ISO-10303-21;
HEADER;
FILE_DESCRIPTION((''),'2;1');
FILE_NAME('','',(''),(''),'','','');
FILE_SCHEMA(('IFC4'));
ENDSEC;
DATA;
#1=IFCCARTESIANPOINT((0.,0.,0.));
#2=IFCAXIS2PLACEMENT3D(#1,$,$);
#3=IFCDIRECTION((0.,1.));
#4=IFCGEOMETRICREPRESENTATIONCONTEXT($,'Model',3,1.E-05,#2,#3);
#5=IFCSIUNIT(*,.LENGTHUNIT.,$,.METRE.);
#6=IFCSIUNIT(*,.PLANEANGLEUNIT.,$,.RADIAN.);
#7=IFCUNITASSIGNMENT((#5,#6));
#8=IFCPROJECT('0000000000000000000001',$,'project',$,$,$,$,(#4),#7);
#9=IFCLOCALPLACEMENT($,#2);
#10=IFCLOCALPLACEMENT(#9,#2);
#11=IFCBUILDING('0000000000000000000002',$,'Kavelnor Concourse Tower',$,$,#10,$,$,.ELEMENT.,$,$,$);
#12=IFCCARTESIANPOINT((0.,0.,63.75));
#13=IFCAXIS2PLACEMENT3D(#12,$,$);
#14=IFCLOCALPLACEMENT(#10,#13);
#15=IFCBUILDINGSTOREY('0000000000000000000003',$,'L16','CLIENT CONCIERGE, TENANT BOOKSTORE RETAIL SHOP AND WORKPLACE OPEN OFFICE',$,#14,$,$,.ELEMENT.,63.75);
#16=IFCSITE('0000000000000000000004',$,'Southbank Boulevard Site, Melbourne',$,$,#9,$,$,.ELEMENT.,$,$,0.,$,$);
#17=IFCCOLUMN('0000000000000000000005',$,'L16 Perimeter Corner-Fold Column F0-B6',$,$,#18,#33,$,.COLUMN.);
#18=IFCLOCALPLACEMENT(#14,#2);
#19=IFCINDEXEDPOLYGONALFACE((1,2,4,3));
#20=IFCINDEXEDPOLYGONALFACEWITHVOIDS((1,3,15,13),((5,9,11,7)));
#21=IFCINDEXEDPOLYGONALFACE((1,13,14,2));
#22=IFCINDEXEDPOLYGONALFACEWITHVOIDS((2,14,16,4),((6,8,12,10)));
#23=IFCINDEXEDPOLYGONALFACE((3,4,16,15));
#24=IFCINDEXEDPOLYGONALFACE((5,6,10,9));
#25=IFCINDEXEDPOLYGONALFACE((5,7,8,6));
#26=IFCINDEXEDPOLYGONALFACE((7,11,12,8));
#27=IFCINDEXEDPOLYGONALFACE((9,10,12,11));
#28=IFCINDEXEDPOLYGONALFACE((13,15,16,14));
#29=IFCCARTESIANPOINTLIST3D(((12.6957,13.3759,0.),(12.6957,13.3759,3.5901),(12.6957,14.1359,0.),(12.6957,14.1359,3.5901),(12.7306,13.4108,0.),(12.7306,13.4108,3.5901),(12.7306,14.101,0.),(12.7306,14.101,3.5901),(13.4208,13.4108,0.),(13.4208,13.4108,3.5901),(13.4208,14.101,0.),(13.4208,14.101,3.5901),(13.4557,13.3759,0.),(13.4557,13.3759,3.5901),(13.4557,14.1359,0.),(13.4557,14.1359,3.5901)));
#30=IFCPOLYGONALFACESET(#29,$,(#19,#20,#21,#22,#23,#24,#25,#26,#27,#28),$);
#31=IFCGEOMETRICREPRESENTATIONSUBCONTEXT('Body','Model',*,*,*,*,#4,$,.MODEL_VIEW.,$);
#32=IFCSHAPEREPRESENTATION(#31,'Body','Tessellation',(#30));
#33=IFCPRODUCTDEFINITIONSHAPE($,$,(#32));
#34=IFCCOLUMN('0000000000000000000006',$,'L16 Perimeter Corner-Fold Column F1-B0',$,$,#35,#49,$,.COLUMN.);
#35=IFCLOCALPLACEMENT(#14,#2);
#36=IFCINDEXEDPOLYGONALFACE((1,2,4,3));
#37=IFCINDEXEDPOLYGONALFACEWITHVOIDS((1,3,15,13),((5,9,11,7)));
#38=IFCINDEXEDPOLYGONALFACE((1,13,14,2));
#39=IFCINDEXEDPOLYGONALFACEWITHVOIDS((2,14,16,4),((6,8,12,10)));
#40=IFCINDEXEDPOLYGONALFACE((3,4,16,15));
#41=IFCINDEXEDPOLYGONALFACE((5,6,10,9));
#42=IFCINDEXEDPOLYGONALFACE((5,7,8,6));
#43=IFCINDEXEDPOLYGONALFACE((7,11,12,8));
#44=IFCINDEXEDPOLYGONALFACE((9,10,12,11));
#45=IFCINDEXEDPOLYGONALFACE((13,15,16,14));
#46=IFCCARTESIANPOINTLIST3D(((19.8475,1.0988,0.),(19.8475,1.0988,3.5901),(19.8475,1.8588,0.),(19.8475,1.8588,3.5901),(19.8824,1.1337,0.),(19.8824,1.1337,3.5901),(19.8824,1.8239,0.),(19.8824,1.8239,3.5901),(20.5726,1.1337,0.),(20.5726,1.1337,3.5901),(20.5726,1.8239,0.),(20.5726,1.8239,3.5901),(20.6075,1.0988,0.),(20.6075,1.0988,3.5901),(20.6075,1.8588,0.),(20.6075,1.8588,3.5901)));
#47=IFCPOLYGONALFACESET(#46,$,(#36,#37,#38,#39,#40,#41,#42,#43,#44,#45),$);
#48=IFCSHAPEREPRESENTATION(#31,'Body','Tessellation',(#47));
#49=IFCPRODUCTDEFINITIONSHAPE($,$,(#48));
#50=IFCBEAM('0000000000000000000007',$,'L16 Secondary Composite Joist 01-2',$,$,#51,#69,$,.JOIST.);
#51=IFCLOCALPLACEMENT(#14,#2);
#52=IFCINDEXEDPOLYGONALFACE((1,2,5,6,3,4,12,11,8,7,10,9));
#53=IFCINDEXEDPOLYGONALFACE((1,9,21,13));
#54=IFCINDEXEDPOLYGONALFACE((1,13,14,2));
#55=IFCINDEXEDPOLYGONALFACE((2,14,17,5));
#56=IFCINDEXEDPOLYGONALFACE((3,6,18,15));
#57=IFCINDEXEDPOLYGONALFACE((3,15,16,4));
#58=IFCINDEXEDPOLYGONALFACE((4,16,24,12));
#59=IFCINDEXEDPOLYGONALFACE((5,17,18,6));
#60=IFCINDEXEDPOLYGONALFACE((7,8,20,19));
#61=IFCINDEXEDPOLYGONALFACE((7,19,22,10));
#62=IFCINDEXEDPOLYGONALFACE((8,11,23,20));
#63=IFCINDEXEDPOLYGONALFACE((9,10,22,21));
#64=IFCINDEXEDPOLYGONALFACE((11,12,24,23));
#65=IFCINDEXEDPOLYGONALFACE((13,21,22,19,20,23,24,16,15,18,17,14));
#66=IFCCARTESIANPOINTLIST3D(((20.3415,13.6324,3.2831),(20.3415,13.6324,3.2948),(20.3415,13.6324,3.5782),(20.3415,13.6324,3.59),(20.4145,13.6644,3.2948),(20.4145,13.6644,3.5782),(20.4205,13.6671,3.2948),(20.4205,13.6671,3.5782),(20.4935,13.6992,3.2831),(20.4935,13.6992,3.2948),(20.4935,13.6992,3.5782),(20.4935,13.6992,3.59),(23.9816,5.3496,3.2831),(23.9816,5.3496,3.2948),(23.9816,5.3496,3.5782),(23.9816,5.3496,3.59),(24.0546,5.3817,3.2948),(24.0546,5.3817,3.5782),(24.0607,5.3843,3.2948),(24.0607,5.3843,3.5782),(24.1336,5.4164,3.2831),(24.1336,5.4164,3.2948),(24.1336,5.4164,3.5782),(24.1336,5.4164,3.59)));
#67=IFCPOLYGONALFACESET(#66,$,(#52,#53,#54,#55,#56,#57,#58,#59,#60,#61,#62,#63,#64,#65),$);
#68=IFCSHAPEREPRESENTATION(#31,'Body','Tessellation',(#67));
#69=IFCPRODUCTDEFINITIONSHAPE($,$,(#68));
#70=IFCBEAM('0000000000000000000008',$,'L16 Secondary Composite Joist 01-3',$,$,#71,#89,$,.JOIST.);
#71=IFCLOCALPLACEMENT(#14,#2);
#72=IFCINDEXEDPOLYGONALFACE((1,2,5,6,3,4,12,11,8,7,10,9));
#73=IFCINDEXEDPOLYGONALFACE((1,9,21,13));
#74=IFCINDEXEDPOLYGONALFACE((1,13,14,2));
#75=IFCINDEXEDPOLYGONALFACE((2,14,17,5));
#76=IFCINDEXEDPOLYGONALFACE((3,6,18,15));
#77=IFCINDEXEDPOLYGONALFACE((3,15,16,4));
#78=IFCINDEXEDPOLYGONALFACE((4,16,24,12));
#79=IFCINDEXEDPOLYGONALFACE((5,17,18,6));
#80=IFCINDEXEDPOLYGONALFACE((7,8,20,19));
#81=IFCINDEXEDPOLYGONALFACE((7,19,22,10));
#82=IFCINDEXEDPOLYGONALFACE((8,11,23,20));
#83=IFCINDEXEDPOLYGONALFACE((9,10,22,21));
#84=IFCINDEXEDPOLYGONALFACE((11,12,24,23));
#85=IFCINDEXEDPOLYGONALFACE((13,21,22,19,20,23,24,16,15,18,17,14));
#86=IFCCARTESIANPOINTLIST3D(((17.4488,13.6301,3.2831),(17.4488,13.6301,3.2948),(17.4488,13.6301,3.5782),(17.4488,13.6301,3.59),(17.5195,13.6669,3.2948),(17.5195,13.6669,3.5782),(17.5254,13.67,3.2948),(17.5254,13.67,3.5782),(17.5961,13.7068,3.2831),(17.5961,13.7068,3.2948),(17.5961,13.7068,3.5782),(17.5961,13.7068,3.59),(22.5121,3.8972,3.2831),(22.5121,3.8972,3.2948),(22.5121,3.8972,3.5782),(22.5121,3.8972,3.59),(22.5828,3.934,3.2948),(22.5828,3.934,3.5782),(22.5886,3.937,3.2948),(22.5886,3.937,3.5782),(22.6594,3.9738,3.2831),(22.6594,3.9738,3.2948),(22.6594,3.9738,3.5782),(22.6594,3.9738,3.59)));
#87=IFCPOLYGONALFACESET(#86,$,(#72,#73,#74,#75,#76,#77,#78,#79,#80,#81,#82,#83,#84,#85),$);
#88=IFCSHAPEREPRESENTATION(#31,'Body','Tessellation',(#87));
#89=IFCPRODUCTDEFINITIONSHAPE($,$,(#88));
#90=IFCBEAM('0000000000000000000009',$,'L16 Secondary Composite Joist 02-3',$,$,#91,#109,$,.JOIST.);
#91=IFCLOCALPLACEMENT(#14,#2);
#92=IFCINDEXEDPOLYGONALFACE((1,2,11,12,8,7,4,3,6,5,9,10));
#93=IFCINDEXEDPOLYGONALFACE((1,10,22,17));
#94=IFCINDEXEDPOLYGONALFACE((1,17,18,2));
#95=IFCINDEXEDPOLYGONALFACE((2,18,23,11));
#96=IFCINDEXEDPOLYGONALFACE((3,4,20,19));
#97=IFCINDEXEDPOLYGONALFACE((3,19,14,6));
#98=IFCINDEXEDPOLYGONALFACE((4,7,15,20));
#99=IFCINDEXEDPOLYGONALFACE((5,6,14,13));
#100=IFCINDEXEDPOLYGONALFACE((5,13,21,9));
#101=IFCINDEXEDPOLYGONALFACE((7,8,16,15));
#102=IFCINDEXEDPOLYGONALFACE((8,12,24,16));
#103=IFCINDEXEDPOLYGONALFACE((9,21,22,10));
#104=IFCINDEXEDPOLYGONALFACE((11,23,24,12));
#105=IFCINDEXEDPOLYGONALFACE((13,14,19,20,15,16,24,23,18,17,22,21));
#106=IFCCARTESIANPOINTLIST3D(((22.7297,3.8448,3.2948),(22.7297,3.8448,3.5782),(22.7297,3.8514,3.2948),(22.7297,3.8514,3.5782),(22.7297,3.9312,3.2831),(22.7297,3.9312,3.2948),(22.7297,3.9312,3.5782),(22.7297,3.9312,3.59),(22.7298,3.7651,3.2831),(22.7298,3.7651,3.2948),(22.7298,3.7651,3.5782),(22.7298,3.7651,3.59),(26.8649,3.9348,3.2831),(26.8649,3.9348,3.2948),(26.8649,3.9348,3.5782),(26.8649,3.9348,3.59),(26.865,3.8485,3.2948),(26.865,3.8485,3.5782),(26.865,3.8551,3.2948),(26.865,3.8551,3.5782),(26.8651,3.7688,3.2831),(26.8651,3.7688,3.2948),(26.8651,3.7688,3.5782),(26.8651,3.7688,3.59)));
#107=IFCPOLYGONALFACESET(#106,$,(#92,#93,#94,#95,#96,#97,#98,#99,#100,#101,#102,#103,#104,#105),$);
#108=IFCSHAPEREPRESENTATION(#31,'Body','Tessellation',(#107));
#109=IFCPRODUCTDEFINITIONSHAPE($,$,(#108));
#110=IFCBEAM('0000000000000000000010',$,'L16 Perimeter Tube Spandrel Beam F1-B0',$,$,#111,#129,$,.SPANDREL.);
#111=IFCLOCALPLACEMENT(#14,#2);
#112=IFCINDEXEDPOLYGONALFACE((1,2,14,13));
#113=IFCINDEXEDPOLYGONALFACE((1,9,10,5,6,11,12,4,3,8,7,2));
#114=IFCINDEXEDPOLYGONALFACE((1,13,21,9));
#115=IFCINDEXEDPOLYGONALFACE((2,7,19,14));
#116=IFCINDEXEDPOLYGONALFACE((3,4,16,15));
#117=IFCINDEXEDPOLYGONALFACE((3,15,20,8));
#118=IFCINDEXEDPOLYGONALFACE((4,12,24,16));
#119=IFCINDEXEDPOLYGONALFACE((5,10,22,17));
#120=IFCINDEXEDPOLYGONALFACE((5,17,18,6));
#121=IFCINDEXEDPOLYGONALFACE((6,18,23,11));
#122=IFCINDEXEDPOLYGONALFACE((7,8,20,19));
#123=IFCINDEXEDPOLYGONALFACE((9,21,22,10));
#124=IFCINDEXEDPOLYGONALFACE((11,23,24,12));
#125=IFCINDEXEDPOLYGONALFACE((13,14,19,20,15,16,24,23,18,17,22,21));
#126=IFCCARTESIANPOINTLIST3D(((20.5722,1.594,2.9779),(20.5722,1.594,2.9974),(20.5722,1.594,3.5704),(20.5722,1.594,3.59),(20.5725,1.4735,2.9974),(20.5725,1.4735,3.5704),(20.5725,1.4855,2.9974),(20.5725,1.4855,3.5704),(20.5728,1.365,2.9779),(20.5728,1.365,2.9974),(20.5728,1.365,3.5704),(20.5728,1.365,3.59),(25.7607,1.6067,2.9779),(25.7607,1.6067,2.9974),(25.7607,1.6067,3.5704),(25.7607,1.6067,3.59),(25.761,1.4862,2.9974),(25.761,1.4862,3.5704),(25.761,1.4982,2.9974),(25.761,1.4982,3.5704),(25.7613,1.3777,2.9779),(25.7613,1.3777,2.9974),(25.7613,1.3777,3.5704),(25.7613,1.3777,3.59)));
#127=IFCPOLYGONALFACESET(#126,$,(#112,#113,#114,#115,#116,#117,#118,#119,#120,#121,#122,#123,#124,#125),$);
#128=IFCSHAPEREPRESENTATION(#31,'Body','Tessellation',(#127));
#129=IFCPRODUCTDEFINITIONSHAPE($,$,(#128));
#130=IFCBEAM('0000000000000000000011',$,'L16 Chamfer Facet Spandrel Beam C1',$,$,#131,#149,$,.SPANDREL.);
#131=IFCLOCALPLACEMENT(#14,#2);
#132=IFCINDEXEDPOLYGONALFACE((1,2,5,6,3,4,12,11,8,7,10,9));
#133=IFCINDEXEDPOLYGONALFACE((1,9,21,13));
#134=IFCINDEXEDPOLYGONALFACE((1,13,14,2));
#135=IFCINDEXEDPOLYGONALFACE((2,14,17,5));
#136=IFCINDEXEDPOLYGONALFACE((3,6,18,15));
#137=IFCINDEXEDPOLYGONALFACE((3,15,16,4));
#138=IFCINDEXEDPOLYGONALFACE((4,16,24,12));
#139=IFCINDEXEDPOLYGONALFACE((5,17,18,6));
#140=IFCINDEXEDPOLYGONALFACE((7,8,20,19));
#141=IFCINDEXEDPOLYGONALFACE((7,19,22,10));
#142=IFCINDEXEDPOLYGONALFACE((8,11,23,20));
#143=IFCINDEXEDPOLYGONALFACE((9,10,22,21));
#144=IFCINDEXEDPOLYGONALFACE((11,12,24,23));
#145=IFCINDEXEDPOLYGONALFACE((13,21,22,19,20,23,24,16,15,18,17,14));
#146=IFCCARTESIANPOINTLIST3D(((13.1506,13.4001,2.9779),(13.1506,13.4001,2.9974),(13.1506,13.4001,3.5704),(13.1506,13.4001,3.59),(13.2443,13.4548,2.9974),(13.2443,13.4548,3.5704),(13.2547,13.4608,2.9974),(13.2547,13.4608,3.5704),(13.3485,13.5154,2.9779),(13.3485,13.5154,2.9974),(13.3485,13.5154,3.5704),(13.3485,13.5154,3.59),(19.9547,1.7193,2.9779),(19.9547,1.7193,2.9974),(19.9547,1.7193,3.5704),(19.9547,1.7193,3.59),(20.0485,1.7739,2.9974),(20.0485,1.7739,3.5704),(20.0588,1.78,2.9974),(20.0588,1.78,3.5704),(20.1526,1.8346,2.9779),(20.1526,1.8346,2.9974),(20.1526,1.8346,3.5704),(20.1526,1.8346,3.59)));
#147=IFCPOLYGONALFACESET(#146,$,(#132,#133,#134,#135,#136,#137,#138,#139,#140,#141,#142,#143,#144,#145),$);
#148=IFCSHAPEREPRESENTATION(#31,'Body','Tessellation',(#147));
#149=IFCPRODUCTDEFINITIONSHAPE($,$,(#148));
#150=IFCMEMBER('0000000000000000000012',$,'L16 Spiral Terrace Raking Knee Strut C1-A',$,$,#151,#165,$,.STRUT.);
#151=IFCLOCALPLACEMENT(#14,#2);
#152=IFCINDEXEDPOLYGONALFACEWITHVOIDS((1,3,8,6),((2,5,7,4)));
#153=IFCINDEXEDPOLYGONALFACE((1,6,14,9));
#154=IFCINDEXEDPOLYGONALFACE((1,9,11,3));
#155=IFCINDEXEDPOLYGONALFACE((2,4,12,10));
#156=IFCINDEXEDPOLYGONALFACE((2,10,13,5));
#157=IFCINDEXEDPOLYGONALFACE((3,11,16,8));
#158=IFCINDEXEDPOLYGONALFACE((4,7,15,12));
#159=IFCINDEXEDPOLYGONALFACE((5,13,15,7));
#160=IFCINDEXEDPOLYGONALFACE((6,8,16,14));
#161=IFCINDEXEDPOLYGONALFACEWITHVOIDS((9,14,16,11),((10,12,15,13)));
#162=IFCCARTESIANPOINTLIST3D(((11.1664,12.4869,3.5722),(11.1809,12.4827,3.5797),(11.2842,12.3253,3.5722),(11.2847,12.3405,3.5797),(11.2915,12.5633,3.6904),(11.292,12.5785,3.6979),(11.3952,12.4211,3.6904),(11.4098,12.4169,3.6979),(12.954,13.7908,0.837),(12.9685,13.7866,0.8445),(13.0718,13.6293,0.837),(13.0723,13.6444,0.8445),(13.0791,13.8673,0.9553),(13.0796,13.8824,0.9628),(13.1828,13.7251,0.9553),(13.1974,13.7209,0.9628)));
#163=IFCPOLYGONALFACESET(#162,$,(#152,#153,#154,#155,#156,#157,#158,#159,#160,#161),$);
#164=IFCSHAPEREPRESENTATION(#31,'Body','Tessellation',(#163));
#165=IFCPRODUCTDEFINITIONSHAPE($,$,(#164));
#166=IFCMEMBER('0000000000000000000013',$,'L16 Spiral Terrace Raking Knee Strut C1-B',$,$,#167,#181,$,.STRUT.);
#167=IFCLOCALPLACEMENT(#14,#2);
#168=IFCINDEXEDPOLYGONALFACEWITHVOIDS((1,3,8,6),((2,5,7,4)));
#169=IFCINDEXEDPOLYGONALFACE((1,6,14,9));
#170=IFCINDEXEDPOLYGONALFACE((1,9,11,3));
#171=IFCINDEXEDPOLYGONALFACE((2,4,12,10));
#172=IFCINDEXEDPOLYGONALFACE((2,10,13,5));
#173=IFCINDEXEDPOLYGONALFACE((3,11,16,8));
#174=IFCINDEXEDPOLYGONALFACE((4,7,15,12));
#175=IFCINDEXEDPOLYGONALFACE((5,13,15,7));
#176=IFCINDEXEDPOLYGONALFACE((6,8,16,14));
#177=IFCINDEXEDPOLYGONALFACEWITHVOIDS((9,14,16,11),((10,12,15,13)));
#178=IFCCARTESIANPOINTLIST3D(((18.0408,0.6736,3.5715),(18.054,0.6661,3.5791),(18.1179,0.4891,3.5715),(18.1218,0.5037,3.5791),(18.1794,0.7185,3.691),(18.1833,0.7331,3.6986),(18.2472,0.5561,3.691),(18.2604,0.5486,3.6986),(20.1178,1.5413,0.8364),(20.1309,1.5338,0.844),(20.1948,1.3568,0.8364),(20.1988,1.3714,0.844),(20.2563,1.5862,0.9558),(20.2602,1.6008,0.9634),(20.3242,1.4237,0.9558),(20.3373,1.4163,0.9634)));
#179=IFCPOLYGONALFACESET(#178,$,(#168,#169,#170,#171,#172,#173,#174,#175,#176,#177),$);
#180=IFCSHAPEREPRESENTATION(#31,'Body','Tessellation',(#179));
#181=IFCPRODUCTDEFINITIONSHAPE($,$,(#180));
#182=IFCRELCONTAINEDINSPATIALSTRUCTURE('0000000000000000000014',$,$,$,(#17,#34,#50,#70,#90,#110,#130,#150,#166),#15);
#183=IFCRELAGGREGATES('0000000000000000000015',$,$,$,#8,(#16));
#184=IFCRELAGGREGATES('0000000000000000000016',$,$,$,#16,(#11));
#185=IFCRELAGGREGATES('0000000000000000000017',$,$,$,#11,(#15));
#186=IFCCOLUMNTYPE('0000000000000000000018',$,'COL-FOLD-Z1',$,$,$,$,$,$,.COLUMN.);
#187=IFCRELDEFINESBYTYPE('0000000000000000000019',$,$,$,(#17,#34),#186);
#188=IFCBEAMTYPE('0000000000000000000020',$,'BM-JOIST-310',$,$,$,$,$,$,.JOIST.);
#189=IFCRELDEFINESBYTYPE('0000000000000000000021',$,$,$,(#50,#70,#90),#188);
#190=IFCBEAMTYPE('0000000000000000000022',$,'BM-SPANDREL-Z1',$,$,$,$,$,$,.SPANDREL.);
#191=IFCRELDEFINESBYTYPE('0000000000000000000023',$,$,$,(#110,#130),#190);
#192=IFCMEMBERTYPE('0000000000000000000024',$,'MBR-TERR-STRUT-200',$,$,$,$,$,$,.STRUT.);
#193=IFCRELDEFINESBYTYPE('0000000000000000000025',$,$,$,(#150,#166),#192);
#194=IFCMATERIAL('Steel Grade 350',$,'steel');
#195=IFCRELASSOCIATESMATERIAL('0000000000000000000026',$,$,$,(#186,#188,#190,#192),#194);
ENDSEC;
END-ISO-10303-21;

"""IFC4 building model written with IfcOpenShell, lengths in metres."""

from ifc_helpers import new_model, si_unit, direction, frame, origin, origin_2d, place, context, subcontext, project, spatial, hollow_rectangle, i_section, extrude, material, material_profile, profile_set, type_object, element, save


model = new_model("IFC4")

# Units and contexts
model_context = context("Model", 3, precision=1e-05, world=origin(), true_north=direction((0.0, 1.0)))
body_context = subcontext(model_context, "Body", "Model", "MODEL_VIEW")
ifc_project = project(units=[si_unit("LENGTHUNIT", "METRE"), si_unit("PLANEANGLEUNIT", "RADIAN")], contexts=[model_context])

# Site, building, storey
site_placement = place(None, origin())
site = spatial("IfcSite", under=ifc_project, at=site_placement, Name="Southbank Boulevard Site, Melbourne", CompositionType="ELEMENT", RefElevation=0.0)
building_placement = place(site_placement, origin())
building = spatial("IfcBuilding", under=site, at=building_placement, Name="Kavelnor Concourse Tower", CompositionType="ELEMENT")
storey_placement = place(building_placement, frame((0.0, 0.0, 63.75)))
storey = spatial("IfcBuildingStorey", under=building, at=storey_placement, Name="L16", Description="CLIENT CONCIERGE, TENANT BOOKSTORE RETAIL SHOP AND WORKPLACE OPEN OFFICE", CompositionType="ELEMENT", Elevation=63.75)

# Columns
ifc_material_1 = material(Name="Steel Grade 350", Category="steel")
ifc_material_profile_1 = material_profile(ifc_material_1, hollow_rectangle(XDim=0.76, YDim=0.76, WallThickness=0.0349, at=origin_2d()), Name="SHS 760x760x35")
ifc_profile_set_1 = profile_set([ifc_material_profile_1], Name="Steel Grade 350")
column_type = type_object("IfcColumnType", Name="COL-FOLD-Z1", PredefinedType="COLUMN", material=ifc_profile_set_1)
for number, where, z_axis, x_axis, name in (
    (1, (13.0757, 13.7559, 0.0), (0.0, 0.0, 1.0), (1.0, 0.0, 0.0), "L16 Perimeter Corner-Fold Column F0-B6"),
    (2, (20.2275, 1.4788, 0.0), (0.0, 0.0, 1.0), (1.0, 0.0, 0.0), "L16 Perimeter Corner-Fold Column F1-B0"),
):
    element("IfcColumn", number, at=place(storey_placement, frame(where, z_axis=z_axis, x_axis=x_axis)), inside=storey, type_object=column_type, Name=name, PredefinedType="COLUMN", context=body_context, shape_type="SweptSolid", body=[
        extrude(hollow_rectangle(XDim=0.76, YDim=0.76, WallThickness=0.0349, at=origin_2d()), origin(), (0.0, 0.0, 1.0), 3.5901),
    ])

# Beams
ifc_material_profile_2 = material_profile(ifc_material_1, i_section(OverallWidth=0.166, OverallDepth=0.3069, WebThickness=0.0066, FlangeThickness=0.0117, at=origin_2d()), Name="310UB46")
ifc_profile_set_2 = profile_set([ifc_material_profile_2], Name="Steel Grade 350")
beam_type_1 = type_object("IfcBeamType", Name="BM-JOIST-310", PredefinedType="JOIST", material=ifc_profile_set_2)
beam_1_placement = place(storey_placement, frame((20.4175, 13.6658, 3.4365), z_axis=(0.402344, -0.915488, 0.0), x_axis=(0.915488, 0.402344, 0.0)))
element("IfcBeam", 3, at=beam_1_placement, inside=storey, type_object=beam_type_1, Name="L16 Secondary Composite Joist 01-2", PredefinedType="JOIST", context=body_context, shape_type="SweptSolid", body=[
    extrude(i_section(OverallWidth=0.166, OverallDepth=0.3069, WebThickness=0.0066, FlangeThickness=0.0117, at=origin_2d()), origin(), (0.0, 0.0, 1.0), 9.0474),
])
beam_2_placement = place(storey_placement, frame((17.5225, 13.6685, 3.4365), z_axis=(0.461505, -0.887138, 0.0), x_axis=(0.887138, 0.461505, 0.0)))
element("IfcBeam", 4, at=beam_2_placement, inside=storey, type_object=beam_type_1, Name="L16 Secondary Composite Joist 01-3", PredefinedType="JOIST", context=body_context, shape_type="SweptSolid", body=[
    extrude(i_section(OverallWidth=0.166, OverallDepth=0.3069, WebThickness=0.0066, FlangeThickness=0.0117, at=origin_2d()), origin(), (0.0, 0.0, 1.0), 10.9712),
])
beam_3_placement = place(storey_placement, frame((22.7297, 3.8481, 3.4365), z_axis=(1.0, 0.000886, 0.0), x_axis=(-0.000886, 1.0, 0.0)))
element("IfcBeam", 5, at=beam_3_placement, inside=storey, type_object=beam_type_1, Name="L16 Secondary Composite Joist 02-3", PredefinedType="JOIST", context=body_context, shape_type="SweptSolid", body=[
    extrude(i_section(OverallWidth=0.166, OverallDepth=0.3069, WebThickness=0.0066, FlangeThickness=0.0117, at=origin_2d()), origin(), (0.0, 0.0, 1.0), 4.1353),
])
ifc_material_profile_3 = material_profile(ifc_material_1, i_section(OverallWidth=0.229, OverallDepth=0.6121, WebThickness=0.012, FlangeThickness=0.0195, at=origin_2d()), Name="610UB125")
ifc_profile_set_3 = profile_set([ifc_material_profile_3], Name="Steel Grade 350")
beam_type_2 = type_object("IfcBeamType", Name="BM-SPANDREL-Z1", PredefinedType="SPANDREL", material=ifc_profile_set_3)
beam_4_placement = place(storey_placement, frame((20.5725, 1.4795, 3.2839), z_axis=(0.999997, 0.002447, 0.0), x_axis=(-0.002447, 0.999997, 0.0)))
element("IfcBeam", 6, at=beam_4_placement, inside=storey, type_object=beam_type_2, Name="L16 Perimeter Tube Spandrel Beam F1-B0", PredefinedType="SPANDREL", context=body_context, shape_type="SweptSolid", body=[
    extrude(i_section(OverallWidth=0.229, OverallDepth=0.6121, WebThickness=0.012, FlangeThickness=0.0195, at=origin_2d()), origin(), (0.0, 0.0, 1.0), 5.1885),
])
beam_5_placement = place(storey_placement, frame((13.2495, 13.4578, 3.2839), z_axis=(0.503338, -0.86409, 0.0), x_axis=(0.86409, 0.503338, 0.0)))
element("IfcBeam", 7, at=beam_5_placement, inside=storey, type_object=beam_type_2, Name="L16 Chamfer Facet Spandrel Beam C1", PredefinedType="SPANDREL", context=body_context, shape_type="SweptSolid", body=[
    extrude(i_section(OverallWidth=0.229, OverallDepth=0.6121, WebThickness=0.012, FlangeThickness=0.0195, at=origin_2d()), origin(), (0.0, 0.0, 1.0), 13.5181),
])

# Members
ifc_material_profile_4 = material_profile(ifc_material_1, hollow_rectangle(XDim=0.2, YDim=0.2, WallThickness=0.012, at=origin_2d()), Name="SHS 200x200x12")
ifc_profile_set_4 = profile_set([ifc_material_profile_4], Name="Steel Grade 350")
member_type = type_object("IfcMemberType", Name="MBR-TERR-STRUT-200", PredefinedType="STRUT", material=ifc_profile_set_4)
member_1_placement = place(storey_placement, frame((13.0757, 13.7559, 0.8999), z_axis=(-0.508123, -0.370648, 0.777452), x_axis=(0.589319, -0.8079, 0.0)))
element("IfcMember", 8, at=member_1_placement, inside=storey, type_object=member_type, Name="L16 Spiral Terrace Raking Knee Strut C1-A", PredefinedType="STRUT", context=body_context, shape_type="SweptSolid", body=[
    extrude(hollow_rectangle(XDim=0.2, YDim=0.2, WallThickness=0.012, at=origin_2d()), origin(), (0.0, 0.0, 1.0), 3.5181),
])
member_2_placement = place(storey_placement, frame((20.2275, 1.4788, 0.8999), z_axis=(-0.586331, -0.244954, 0.772149), x_axis=(0.385486, -0.922714, 0.0)))
element("IfcMember", 9, at=member_2_placement, inside=storey, type_object=member_type, Name="L16 Spiral Terrace Raking Knee Strut C1-B", PredefinedType="STRUT", context=body_context, shape_type="SweptSolid", body=[
    extrude(hollow_rectangle(XDim=0.2, YDim=0.2, WallThickness=0.012, at=origin_2d()), origin(), (0.0, 0.0, 1.0), 3.5422),
])

save(model, "model.ifc")
